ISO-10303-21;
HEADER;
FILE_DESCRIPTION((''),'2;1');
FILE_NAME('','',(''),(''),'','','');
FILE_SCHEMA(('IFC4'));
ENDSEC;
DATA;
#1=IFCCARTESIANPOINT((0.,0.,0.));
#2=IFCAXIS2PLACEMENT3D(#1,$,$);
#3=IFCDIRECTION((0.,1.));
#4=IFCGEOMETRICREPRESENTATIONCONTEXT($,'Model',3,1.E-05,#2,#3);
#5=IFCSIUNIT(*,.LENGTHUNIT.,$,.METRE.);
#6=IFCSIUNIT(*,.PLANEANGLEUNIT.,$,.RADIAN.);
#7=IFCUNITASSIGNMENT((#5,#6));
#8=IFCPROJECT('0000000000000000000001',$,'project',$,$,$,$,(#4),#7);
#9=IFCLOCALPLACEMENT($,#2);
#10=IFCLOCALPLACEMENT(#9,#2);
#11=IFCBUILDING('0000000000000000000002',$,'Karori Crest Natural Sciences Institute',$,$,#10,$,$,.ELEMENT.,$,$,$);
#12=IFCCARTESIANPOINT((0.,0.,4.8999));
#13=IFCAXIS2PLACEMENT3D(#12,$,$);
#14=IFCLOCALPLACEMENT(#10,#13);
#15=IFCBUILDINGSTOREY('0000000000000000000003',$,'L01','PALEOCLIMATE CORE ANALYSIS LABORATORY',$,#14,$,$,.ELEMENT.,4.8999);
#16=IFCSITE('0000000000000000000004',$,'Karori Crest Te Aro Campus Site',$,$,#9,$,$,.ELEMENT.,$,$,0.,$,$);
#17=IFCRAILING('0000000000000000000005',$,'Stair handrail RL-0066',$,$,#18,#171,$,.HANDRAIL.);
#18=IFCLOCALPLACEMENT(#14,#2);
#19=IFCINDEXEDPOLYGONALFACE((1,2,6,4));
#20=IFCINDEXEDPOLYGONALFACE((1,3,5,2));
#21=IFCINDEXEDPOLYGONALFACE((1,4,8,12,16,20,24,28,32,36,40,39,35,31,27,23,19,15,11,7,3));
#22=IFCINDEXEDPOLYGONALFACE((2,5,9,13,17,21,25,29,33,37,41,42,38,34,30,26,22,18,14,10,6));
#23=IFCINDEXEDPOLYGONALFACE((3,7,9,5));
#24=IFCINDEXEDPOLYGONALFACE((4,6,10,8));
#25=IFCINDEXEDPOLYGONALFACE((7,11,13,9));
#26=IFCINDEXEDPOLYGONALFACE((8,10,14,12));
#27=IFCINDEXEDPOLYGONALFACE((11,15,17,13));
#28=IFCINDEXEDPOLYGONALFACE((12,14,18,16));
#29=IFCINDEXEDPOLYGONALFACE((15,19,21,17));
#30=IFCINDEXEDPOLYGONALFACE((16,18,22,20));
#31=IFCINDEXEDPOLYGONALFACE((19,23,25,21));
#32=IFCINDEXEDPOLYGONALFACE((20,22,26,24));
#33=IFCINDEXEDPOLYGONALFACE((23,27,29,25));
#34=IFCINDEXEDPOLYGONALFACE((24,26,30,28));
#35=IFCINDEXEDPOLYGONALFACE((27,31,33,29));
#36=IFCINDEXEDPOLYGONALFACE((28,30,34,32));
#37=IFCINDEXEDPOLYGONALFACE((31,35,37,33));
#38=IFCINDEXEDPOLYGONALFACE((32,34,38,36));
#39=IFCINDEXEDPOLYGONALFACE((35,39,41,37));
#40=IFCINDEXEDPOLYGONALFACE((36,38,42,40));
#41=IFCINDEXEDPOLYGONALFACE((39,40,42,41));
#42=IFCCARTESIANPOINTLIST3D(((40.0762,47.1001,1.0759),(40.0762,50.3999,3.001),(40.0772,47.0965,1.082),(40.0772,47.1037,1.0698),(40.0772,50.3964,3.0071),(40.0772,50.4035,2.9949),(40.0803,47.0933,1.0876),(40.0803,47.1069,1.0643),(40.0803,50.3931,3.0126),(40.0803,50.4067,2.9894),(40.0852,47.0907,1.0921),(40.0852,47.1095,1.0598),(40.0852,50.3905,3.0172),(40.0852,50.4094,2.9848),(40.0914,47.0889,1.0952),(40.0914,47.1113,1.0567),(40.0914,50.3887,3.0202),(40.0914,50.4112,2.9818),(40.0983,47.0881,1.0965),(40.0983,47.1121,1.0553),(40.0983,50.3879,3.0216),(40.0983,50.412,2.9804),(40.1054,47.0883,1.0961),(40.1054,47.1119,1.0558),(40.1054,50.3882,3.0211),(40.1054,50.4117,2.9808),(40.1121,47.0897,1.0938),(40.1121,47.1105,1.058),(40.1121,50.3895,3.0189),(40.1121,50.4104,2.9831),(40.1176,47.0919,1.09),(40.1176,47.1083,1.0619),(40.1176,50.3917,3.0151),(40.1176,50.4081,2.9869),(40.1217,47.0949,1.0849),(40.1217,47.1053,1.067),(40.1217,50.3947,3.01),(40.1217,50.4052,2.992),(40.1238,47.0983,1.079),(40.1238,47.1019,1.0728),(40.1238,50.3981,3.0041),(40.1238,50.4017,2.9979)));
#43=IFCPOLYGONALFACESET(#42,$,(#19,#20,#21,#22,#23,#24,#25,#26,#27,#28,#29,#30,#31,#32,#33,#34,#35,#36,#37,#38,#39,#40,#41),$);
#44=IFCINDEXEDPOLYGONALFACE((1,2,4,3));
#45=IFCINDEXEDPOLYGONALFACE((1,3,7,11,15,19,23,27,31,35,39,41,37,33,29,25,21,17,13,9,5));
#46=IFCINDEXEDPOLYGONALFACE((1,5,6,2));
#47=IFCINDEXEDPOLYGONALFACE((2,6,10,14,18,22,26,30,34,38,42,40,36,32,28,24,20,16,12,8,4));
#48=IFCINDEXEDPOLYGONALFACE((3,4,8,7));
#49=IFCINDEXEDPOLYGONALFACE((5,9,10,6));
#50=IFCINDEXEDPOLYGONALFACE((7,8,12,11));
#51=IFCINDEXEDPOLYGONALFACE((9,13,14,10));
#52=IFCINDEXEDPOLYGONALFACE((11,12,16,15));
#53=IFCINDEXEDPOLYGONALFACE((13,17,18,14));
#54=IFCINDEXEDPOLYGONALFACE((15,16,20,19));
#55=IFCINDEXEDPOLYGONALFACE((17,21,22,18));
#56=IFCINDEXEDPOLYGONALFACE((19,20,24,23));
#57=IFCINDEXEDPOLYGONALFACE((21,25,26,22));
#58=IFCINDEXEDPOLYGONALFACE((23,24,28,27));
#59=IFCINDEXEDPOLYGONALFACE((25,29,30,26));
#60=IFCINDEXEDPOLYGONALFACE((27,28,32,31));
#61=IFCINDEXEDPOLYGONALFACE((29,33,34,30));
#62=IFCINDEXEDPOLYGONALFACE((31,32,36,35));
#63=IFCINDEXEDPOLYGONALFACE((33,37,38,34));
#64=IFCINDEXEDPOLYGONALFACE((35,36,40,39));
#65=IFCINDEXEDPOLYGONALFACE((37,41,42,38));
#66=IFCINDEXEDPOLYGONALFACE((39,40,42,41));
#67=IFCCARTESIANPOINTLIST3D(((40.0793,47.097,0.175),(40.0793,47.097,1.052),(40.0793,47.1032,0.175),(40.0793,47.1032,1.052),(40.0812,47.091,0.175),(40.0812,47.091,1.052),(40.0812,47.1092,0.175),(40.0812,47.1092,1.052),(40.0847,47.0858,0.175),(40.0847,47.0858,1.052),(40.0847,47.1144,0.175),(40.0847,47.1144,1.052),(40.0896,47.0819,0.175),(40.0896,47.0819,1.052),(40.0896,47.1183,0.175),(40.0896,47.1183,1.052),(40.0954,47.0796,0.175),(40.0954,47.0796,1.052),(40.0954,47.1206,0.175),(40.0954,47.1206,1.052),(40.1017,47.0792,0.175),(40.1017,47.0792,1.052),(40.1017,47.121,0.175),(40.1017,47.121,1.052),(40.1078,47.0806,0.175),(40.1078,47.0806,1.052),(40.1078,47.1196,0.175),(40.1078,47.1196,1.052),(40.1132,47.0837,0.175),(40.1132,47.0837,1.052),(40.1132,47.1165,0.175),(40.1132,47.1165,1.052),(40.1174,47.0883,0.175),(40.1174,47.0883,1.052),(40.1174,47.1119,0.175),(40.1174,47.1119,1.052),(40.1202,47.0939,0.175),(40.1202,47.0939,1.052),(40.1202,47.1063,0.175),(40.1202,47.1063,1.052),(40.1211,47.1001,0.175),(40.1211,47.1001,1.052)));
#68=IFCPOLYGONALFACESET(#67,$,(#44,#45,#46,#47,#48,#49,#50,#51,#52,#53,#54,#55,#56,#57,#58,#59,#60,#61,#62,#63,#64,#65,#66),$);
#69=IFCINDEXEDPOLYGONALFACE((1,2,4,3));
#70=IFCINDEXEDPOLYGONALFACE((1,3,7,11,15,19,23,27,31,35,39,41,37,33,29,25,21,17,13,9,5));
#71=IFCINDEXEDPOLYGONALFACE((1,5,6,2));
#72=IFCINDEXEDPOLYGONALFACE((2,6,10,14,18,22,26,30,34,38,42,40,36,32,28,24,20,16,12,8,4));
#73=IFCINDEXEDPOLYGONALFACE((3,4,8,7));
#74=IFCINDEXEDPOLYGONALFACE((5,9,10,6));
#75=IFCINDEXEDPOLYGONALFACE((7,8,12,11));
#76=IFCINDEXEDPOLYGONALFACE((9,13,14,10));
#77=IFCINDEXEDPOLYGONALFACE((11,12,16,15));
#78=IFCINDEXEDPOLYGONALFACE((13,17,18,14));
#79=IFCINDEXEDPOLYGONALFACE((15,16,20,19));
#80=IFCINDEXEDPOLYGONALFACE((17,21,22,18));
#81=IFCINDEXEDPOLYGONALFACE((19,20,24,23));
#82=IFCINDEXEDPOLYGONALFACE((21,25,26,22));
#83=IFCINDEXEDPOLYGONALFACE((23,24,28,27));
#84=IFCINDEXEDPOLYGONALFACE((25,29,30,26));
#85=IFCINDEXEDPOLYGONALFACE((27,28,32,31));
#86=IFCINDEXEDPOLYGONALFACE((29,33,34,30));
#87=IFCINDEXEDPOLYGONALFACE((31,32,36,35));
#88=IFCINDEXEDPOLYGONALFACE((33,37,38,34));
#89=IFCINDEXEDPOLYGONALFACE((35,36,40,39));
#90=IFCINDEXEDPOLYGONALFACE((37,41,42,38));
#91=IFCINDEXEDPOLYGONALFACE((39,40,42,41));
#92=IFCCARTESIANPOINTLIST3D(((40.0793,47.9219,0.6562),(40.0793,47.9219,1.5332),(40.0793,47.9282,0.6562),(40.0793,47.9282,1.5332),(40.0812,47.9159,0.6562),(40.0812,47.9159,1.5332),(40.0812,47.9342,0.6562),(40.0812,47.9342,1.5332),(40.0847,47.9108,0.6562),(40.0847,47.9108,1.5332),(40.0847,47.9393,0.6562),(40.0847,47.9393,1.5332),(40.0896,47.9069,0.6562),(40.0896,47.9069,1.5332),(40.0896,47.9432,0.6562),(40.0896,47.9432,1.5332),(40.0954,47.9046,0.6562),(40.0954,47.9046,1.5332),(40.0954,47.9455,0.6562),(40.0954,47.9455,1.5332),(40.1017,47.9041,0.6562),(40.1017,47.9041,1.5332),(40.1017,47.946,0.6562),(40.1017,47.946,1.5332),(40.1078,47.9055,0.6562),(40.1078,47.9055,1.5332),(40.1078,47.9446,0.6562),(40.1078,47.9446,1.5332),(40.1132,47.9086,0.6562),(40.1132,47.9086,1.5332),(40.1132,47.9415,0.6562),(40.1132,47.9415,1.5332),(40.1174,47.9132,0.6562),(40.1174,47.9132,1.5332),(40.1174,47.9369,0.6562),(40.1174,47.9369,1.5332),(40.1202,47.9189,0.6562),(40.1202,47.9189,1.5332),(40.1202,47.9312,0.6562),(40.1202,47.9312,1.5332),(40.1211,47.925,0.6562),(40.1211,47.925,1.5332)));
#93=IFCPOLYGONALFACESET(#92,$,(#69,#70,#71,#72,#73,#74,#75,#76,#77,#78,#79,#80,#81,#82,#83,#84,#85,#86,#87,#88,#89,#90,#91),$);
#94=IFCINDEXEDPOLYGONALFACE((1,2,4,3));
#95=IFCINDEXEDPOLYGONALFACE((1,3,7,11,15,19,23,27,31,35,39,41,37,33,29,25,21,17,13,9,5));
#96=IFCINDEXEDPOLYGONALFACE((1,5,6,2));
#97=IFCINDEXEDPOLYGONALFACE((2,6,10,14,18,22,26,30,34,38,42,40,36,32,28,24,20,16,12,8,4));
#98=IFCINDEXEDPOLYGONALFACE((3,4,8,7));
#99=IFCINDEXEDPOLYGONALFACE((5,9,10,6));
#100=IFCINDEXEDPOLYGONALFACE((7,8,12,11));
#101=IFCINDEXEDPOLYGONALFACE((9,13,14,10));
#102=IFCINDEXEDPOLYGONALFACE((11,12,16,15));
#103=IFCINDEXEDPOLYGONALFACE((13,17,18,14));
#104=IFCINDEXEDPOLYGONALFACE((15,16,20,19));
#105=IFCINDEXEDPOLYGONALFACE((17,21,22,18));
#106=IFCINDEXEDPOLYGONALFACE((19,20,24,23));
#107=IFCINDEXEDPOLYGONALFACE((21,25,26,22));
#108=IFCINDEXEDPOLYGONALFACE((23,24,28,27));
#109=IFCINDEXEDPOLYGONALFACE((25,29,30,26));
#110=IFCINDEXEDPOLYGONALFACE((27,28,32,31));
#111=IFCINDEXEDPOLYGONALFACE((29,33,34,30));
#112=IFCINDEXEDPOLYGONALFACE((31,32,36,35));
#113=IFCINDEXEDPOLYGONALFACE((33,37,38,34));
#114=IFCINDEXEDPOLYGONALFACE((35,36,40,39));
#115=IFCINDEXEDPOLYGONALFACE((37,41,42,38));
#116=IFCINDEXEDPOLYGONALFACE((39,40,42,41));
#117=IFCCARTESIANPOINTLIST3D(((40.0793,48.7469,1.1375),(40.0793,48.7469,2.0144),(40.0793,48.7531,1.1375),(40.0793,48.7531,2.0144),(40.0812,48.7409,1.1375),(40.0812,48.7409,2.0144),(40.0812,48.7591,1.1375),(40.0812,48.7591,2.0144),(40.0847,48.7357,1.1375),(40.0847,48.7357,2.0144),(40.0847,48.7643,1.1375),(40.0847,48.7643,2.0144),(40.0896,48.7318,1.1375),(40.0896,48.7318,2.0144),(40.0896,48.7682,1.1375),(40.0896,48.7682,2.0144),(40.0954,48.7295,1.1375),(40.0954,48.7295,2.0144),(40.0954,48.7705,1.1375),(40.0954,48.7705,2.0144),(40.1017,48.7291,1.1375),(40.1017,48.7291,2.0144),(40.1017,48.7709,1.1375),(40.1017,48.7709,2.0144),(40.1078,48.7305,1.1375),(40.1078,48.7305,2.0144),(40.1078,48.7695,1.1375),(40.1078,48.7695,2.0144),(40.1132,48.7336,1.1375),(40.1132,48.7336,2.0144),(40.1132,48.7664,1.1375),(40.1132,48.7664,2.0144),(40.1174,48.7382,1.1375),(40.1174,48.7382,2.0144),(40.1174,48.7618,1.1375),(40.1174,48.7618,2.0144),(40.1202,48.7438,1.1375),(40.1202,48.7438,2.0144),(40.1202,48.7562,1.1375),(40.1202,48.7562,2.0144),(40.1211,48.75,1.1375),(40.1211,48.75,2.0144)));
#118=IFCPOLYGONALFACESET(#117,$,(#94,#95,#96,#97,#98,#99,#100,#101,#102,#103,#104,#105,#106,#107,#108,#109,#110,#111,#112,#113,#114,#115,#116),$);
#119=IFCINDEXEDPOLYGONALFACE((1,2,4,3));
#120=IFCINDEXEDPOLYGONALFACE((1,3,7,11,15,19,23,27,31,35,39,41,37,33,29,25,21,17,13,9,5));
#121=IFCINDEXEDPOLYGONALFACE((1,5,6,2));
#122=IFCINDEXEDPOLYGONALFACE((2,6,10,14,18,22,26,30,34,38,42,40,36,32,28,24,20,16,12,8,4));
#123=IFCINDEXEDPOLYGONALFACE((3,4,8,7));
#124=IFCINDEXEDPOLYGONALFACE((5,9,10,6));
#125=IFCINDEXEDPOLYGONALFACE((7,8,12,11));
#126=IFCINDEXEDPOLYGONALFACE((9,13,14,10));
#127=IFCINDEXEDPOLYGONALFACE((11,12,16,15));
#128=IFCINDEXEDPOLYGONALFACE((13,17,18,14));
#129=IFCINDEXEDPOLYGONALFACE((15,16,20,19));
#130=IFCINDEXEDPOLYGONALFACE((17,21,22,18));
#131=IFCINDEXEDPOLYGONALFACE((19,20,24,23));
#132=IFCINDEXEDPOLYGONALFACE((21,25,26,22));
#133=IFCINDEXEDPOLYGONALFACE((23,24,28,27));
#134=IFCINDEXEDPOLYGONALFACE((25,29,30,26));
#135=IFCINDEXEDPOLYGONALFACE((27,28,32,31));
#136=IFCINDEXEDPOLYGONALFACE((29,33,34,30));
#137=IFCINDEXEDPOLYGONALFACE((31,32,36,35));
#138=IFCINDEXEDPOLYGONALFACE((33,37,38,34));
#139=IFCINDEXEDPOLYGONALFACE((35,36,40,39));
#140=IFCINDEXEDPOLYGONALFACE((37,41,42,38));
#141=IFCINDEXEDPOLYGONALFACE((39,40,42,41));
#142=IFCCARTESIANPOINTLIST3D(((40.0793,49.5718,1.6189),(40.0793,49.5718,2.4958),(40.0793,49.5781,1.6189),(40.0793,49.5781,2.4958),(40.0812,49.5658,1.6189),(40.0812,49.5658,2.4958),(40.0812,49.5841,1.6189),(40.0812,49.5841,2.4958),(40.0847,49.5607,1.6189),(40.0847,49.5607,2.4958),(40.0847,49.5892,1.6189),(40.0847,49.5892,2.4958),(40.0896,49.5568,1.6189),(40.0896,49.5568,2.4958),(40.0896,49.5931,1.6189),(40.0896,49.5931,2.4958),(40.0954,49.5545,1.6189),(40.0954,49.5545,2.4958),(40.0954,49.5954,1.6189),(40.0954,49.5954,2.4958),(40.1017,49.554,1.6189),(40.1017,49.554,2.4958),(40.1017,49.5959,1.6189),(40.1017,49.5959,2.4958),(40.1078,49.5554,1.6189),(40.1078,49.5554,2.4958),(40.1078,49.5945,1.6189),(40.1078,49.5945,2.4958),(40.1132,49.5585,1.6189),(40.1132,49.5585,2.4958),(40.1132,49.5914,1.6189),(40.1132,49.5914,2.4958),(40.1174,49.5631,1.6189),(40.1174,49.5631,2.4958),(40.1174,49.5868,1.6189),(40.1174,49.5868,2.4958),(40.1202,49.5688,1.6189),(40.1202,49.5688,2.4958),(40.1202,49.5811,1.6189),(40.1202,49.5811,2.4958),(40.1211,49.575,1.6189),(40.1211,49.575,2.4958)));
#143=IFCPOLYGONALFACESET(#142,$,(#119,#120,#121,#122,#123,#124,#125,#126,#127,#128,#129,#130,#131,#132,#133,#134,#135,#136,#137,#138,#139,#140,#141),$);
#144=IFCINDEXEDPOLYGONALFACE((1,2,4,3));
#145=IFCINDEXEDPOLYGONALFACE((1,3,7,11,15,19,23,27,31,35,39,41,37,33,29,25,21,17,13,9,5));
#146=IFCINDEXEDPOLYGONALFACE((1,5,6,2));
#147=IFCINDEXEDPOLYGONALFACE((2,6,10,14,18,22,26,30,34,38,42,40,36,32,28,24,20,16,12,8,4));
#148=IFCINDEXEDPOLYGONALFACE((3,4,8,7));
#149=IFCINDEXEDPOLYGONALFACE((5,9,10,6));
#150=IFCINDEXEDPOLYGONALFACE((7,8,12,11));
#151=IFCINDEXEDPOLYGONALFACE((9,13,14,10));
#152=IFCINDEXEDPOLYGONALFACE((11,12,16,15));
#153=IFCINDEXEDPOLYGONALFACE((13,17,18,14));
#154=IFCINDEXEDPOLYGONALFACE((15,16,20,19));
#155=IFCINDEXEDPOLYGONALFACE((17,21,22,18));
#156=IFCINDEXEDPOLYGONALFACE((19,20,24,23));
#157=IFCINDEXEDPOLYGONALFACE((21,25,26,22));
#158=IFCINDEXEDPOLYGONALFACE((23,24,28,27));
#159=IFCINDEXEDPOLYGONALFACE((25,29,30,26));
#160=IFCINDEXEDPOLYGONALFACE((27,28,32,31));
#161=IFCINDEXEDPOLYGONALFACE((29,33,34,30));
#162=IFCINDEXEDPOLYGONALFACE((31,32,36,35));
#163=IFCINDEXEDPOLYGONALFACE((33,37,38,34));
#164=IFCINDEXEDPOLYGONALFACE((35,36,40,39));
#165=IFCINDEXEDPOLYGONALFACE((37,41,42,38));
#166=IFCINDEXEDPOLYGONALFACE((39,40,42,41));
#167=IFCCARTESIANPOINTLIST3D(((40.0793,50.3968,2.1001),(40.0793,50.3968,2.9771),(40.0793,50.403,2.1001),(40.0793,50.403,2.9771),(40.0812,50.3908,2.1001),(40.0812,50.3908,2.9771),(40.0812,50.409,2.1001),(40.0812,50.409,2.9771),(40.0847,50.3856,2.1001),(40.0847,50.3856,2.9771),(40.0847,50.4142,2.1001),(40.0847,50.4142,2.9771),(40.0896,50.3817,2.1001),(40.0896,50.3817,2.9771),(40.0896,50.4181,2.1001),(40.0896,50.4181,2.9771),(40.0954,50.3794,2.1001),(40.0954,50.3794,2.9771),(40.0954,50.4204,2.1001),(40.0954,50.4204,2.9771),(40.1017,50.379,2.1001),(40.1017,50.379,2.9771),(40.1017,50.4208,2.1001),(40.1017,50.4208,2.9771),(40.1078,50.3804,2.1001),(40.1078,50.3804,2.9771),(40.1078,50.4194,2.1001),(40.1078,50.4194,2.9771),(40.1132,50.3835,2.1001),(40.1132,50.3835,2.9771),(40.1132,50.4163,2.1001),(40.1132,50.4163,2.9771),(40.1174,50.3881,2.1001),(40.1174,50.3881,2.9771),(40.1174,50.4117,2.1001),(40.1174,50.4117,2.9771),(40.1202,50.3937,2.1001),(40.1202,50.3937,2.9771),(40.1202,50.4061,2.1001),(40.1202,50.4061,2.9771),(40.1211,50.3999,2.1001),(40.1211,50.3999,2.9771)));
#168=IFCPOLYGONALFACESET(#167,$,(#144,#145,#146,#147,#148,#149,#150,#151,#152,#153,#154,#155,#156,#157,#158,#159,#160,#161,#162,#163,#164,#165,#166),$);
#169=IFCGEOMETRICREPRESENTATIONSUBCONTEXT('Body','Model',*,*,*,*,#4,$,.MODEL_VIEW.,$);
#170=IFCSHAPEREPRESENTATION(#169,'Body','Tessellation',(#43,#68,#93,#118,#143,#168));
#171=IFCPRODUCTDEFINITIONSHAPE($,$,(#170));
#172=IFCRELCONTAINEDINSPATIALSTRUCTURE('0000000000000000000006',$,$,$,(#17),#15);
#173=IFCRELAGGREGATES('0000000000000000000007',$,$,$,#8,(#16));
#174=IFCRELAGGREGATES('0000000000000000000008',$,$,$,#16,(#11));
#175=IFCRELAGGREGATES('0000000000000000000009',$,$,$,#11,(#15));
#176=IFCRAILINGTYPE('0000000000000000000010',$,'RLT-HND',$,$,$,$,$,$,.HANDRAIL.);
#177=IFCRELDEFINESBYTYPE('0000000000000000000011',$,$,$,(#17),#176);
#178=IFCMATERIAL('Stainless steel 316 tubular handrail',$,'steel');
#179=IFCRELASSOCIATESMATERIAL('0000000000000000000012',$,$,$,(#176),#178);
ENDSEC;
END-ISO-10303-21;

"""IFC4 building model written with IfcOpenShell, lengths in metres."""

from ifc_helpers import new_model, si_unit, direction, frame, origin, origin_2d, place, context, subcontext, project, spatial, circle, extrude, material, type_object, element, save


model = new_model("IFC4")

# Units and contexts
model_context = context("Model", 3, precision=1e-05, world=origin(), true_north=direction((0.0, 1.0)))
body_context = subcontext(model_context, "Body", "Model", "MODEL_VIEW")
ifc_project = project(units=[si_unit("LENGTHUNIT", "METRE"), si_unit("PLANEANGLEUNIT", "RADIAN")], contexts=[model_context])

# Site, building, storey
site_placement = place(None, origin())
site = spatial("IfcSite", under=ifc_project, at=site_placement, Name="Karori Crest Te Aro Campus Site", CompositionType="ELEMENT", RefElevation=0.0)
building_placement = place(site_placement, origin())
building = spatial("IfcBuilding", under=site, at=building_placement, Name="Karori Crest Natural Sciences Institute", CompositionType="ELEMENT")
storey_placement = place(building_placement, frame((0.0, 0.0, 4.8999)))
storey = spatial("IfcBuildingStorey", under=building, at=storey_placement, Name="L01", Description="PALEOCLIMATE CORE ANALYSIS LABORATORY", CompositionType="ELEMENT", Elevation=4.8999)

# Railing
ifc_material_1 = material(Name="Stainless steel 316 tubular handrail", Category="steel")
railing_type_1 = type_object("IfcRailingType", Name="RLT-HND", PredefinedType="HANDRAIL", material=ifc_material_1)
railing_1_placement = place(storey_placement, frame((40.1001, 47.1001, 0.175)))
element("IfcRailing", 1, at=railing_1_placement, inside=storey, type_object=railing_type_1, Name="Stair handrail RL-0066", PredefinedType="HANDRAIL", context=body_context, shape_type="SweptSolid", body=[
    extrude(circle(Radius=0.0239, at=origin_2d()), frame((0.0, 0.0, 0.9009), z_axis=(0.0, 0.86376, 0.503903), x_axis=(-1.0, 0.0, 0.0)), (0.0, 0.0, 1.0), 3.8203),
    extrude(circle(Radius=0.021, at=origin_2d()), origin(), (0.0, 0.0, 1.0), 0.877),
    extrude(circle(Radius=0.021, at=origin_2d()), frame((0.0, 0.825, 0.4812)), (0.0, 0.0, 1.0), 0.877),
    extrude(circle(Radius=0.021, at=origin_2d()), frame((0.0, 1.6499, 0.9624)), (0.0, 0.0, 1.0), 0.877),
    extrude(circle(Radius=0.021, at=origin_2d()), frame((0.0, 2.4749, 1.4438)), (0.0, 0.0, 1.0), 0.877),
    extrude(circle(Radius=0.021, at=origin_2d()), frame((0.0, 3.2998, 1.925)), (0.0, 0.0, 1.0), 0.877),
])

save(model, "model.ifc")
